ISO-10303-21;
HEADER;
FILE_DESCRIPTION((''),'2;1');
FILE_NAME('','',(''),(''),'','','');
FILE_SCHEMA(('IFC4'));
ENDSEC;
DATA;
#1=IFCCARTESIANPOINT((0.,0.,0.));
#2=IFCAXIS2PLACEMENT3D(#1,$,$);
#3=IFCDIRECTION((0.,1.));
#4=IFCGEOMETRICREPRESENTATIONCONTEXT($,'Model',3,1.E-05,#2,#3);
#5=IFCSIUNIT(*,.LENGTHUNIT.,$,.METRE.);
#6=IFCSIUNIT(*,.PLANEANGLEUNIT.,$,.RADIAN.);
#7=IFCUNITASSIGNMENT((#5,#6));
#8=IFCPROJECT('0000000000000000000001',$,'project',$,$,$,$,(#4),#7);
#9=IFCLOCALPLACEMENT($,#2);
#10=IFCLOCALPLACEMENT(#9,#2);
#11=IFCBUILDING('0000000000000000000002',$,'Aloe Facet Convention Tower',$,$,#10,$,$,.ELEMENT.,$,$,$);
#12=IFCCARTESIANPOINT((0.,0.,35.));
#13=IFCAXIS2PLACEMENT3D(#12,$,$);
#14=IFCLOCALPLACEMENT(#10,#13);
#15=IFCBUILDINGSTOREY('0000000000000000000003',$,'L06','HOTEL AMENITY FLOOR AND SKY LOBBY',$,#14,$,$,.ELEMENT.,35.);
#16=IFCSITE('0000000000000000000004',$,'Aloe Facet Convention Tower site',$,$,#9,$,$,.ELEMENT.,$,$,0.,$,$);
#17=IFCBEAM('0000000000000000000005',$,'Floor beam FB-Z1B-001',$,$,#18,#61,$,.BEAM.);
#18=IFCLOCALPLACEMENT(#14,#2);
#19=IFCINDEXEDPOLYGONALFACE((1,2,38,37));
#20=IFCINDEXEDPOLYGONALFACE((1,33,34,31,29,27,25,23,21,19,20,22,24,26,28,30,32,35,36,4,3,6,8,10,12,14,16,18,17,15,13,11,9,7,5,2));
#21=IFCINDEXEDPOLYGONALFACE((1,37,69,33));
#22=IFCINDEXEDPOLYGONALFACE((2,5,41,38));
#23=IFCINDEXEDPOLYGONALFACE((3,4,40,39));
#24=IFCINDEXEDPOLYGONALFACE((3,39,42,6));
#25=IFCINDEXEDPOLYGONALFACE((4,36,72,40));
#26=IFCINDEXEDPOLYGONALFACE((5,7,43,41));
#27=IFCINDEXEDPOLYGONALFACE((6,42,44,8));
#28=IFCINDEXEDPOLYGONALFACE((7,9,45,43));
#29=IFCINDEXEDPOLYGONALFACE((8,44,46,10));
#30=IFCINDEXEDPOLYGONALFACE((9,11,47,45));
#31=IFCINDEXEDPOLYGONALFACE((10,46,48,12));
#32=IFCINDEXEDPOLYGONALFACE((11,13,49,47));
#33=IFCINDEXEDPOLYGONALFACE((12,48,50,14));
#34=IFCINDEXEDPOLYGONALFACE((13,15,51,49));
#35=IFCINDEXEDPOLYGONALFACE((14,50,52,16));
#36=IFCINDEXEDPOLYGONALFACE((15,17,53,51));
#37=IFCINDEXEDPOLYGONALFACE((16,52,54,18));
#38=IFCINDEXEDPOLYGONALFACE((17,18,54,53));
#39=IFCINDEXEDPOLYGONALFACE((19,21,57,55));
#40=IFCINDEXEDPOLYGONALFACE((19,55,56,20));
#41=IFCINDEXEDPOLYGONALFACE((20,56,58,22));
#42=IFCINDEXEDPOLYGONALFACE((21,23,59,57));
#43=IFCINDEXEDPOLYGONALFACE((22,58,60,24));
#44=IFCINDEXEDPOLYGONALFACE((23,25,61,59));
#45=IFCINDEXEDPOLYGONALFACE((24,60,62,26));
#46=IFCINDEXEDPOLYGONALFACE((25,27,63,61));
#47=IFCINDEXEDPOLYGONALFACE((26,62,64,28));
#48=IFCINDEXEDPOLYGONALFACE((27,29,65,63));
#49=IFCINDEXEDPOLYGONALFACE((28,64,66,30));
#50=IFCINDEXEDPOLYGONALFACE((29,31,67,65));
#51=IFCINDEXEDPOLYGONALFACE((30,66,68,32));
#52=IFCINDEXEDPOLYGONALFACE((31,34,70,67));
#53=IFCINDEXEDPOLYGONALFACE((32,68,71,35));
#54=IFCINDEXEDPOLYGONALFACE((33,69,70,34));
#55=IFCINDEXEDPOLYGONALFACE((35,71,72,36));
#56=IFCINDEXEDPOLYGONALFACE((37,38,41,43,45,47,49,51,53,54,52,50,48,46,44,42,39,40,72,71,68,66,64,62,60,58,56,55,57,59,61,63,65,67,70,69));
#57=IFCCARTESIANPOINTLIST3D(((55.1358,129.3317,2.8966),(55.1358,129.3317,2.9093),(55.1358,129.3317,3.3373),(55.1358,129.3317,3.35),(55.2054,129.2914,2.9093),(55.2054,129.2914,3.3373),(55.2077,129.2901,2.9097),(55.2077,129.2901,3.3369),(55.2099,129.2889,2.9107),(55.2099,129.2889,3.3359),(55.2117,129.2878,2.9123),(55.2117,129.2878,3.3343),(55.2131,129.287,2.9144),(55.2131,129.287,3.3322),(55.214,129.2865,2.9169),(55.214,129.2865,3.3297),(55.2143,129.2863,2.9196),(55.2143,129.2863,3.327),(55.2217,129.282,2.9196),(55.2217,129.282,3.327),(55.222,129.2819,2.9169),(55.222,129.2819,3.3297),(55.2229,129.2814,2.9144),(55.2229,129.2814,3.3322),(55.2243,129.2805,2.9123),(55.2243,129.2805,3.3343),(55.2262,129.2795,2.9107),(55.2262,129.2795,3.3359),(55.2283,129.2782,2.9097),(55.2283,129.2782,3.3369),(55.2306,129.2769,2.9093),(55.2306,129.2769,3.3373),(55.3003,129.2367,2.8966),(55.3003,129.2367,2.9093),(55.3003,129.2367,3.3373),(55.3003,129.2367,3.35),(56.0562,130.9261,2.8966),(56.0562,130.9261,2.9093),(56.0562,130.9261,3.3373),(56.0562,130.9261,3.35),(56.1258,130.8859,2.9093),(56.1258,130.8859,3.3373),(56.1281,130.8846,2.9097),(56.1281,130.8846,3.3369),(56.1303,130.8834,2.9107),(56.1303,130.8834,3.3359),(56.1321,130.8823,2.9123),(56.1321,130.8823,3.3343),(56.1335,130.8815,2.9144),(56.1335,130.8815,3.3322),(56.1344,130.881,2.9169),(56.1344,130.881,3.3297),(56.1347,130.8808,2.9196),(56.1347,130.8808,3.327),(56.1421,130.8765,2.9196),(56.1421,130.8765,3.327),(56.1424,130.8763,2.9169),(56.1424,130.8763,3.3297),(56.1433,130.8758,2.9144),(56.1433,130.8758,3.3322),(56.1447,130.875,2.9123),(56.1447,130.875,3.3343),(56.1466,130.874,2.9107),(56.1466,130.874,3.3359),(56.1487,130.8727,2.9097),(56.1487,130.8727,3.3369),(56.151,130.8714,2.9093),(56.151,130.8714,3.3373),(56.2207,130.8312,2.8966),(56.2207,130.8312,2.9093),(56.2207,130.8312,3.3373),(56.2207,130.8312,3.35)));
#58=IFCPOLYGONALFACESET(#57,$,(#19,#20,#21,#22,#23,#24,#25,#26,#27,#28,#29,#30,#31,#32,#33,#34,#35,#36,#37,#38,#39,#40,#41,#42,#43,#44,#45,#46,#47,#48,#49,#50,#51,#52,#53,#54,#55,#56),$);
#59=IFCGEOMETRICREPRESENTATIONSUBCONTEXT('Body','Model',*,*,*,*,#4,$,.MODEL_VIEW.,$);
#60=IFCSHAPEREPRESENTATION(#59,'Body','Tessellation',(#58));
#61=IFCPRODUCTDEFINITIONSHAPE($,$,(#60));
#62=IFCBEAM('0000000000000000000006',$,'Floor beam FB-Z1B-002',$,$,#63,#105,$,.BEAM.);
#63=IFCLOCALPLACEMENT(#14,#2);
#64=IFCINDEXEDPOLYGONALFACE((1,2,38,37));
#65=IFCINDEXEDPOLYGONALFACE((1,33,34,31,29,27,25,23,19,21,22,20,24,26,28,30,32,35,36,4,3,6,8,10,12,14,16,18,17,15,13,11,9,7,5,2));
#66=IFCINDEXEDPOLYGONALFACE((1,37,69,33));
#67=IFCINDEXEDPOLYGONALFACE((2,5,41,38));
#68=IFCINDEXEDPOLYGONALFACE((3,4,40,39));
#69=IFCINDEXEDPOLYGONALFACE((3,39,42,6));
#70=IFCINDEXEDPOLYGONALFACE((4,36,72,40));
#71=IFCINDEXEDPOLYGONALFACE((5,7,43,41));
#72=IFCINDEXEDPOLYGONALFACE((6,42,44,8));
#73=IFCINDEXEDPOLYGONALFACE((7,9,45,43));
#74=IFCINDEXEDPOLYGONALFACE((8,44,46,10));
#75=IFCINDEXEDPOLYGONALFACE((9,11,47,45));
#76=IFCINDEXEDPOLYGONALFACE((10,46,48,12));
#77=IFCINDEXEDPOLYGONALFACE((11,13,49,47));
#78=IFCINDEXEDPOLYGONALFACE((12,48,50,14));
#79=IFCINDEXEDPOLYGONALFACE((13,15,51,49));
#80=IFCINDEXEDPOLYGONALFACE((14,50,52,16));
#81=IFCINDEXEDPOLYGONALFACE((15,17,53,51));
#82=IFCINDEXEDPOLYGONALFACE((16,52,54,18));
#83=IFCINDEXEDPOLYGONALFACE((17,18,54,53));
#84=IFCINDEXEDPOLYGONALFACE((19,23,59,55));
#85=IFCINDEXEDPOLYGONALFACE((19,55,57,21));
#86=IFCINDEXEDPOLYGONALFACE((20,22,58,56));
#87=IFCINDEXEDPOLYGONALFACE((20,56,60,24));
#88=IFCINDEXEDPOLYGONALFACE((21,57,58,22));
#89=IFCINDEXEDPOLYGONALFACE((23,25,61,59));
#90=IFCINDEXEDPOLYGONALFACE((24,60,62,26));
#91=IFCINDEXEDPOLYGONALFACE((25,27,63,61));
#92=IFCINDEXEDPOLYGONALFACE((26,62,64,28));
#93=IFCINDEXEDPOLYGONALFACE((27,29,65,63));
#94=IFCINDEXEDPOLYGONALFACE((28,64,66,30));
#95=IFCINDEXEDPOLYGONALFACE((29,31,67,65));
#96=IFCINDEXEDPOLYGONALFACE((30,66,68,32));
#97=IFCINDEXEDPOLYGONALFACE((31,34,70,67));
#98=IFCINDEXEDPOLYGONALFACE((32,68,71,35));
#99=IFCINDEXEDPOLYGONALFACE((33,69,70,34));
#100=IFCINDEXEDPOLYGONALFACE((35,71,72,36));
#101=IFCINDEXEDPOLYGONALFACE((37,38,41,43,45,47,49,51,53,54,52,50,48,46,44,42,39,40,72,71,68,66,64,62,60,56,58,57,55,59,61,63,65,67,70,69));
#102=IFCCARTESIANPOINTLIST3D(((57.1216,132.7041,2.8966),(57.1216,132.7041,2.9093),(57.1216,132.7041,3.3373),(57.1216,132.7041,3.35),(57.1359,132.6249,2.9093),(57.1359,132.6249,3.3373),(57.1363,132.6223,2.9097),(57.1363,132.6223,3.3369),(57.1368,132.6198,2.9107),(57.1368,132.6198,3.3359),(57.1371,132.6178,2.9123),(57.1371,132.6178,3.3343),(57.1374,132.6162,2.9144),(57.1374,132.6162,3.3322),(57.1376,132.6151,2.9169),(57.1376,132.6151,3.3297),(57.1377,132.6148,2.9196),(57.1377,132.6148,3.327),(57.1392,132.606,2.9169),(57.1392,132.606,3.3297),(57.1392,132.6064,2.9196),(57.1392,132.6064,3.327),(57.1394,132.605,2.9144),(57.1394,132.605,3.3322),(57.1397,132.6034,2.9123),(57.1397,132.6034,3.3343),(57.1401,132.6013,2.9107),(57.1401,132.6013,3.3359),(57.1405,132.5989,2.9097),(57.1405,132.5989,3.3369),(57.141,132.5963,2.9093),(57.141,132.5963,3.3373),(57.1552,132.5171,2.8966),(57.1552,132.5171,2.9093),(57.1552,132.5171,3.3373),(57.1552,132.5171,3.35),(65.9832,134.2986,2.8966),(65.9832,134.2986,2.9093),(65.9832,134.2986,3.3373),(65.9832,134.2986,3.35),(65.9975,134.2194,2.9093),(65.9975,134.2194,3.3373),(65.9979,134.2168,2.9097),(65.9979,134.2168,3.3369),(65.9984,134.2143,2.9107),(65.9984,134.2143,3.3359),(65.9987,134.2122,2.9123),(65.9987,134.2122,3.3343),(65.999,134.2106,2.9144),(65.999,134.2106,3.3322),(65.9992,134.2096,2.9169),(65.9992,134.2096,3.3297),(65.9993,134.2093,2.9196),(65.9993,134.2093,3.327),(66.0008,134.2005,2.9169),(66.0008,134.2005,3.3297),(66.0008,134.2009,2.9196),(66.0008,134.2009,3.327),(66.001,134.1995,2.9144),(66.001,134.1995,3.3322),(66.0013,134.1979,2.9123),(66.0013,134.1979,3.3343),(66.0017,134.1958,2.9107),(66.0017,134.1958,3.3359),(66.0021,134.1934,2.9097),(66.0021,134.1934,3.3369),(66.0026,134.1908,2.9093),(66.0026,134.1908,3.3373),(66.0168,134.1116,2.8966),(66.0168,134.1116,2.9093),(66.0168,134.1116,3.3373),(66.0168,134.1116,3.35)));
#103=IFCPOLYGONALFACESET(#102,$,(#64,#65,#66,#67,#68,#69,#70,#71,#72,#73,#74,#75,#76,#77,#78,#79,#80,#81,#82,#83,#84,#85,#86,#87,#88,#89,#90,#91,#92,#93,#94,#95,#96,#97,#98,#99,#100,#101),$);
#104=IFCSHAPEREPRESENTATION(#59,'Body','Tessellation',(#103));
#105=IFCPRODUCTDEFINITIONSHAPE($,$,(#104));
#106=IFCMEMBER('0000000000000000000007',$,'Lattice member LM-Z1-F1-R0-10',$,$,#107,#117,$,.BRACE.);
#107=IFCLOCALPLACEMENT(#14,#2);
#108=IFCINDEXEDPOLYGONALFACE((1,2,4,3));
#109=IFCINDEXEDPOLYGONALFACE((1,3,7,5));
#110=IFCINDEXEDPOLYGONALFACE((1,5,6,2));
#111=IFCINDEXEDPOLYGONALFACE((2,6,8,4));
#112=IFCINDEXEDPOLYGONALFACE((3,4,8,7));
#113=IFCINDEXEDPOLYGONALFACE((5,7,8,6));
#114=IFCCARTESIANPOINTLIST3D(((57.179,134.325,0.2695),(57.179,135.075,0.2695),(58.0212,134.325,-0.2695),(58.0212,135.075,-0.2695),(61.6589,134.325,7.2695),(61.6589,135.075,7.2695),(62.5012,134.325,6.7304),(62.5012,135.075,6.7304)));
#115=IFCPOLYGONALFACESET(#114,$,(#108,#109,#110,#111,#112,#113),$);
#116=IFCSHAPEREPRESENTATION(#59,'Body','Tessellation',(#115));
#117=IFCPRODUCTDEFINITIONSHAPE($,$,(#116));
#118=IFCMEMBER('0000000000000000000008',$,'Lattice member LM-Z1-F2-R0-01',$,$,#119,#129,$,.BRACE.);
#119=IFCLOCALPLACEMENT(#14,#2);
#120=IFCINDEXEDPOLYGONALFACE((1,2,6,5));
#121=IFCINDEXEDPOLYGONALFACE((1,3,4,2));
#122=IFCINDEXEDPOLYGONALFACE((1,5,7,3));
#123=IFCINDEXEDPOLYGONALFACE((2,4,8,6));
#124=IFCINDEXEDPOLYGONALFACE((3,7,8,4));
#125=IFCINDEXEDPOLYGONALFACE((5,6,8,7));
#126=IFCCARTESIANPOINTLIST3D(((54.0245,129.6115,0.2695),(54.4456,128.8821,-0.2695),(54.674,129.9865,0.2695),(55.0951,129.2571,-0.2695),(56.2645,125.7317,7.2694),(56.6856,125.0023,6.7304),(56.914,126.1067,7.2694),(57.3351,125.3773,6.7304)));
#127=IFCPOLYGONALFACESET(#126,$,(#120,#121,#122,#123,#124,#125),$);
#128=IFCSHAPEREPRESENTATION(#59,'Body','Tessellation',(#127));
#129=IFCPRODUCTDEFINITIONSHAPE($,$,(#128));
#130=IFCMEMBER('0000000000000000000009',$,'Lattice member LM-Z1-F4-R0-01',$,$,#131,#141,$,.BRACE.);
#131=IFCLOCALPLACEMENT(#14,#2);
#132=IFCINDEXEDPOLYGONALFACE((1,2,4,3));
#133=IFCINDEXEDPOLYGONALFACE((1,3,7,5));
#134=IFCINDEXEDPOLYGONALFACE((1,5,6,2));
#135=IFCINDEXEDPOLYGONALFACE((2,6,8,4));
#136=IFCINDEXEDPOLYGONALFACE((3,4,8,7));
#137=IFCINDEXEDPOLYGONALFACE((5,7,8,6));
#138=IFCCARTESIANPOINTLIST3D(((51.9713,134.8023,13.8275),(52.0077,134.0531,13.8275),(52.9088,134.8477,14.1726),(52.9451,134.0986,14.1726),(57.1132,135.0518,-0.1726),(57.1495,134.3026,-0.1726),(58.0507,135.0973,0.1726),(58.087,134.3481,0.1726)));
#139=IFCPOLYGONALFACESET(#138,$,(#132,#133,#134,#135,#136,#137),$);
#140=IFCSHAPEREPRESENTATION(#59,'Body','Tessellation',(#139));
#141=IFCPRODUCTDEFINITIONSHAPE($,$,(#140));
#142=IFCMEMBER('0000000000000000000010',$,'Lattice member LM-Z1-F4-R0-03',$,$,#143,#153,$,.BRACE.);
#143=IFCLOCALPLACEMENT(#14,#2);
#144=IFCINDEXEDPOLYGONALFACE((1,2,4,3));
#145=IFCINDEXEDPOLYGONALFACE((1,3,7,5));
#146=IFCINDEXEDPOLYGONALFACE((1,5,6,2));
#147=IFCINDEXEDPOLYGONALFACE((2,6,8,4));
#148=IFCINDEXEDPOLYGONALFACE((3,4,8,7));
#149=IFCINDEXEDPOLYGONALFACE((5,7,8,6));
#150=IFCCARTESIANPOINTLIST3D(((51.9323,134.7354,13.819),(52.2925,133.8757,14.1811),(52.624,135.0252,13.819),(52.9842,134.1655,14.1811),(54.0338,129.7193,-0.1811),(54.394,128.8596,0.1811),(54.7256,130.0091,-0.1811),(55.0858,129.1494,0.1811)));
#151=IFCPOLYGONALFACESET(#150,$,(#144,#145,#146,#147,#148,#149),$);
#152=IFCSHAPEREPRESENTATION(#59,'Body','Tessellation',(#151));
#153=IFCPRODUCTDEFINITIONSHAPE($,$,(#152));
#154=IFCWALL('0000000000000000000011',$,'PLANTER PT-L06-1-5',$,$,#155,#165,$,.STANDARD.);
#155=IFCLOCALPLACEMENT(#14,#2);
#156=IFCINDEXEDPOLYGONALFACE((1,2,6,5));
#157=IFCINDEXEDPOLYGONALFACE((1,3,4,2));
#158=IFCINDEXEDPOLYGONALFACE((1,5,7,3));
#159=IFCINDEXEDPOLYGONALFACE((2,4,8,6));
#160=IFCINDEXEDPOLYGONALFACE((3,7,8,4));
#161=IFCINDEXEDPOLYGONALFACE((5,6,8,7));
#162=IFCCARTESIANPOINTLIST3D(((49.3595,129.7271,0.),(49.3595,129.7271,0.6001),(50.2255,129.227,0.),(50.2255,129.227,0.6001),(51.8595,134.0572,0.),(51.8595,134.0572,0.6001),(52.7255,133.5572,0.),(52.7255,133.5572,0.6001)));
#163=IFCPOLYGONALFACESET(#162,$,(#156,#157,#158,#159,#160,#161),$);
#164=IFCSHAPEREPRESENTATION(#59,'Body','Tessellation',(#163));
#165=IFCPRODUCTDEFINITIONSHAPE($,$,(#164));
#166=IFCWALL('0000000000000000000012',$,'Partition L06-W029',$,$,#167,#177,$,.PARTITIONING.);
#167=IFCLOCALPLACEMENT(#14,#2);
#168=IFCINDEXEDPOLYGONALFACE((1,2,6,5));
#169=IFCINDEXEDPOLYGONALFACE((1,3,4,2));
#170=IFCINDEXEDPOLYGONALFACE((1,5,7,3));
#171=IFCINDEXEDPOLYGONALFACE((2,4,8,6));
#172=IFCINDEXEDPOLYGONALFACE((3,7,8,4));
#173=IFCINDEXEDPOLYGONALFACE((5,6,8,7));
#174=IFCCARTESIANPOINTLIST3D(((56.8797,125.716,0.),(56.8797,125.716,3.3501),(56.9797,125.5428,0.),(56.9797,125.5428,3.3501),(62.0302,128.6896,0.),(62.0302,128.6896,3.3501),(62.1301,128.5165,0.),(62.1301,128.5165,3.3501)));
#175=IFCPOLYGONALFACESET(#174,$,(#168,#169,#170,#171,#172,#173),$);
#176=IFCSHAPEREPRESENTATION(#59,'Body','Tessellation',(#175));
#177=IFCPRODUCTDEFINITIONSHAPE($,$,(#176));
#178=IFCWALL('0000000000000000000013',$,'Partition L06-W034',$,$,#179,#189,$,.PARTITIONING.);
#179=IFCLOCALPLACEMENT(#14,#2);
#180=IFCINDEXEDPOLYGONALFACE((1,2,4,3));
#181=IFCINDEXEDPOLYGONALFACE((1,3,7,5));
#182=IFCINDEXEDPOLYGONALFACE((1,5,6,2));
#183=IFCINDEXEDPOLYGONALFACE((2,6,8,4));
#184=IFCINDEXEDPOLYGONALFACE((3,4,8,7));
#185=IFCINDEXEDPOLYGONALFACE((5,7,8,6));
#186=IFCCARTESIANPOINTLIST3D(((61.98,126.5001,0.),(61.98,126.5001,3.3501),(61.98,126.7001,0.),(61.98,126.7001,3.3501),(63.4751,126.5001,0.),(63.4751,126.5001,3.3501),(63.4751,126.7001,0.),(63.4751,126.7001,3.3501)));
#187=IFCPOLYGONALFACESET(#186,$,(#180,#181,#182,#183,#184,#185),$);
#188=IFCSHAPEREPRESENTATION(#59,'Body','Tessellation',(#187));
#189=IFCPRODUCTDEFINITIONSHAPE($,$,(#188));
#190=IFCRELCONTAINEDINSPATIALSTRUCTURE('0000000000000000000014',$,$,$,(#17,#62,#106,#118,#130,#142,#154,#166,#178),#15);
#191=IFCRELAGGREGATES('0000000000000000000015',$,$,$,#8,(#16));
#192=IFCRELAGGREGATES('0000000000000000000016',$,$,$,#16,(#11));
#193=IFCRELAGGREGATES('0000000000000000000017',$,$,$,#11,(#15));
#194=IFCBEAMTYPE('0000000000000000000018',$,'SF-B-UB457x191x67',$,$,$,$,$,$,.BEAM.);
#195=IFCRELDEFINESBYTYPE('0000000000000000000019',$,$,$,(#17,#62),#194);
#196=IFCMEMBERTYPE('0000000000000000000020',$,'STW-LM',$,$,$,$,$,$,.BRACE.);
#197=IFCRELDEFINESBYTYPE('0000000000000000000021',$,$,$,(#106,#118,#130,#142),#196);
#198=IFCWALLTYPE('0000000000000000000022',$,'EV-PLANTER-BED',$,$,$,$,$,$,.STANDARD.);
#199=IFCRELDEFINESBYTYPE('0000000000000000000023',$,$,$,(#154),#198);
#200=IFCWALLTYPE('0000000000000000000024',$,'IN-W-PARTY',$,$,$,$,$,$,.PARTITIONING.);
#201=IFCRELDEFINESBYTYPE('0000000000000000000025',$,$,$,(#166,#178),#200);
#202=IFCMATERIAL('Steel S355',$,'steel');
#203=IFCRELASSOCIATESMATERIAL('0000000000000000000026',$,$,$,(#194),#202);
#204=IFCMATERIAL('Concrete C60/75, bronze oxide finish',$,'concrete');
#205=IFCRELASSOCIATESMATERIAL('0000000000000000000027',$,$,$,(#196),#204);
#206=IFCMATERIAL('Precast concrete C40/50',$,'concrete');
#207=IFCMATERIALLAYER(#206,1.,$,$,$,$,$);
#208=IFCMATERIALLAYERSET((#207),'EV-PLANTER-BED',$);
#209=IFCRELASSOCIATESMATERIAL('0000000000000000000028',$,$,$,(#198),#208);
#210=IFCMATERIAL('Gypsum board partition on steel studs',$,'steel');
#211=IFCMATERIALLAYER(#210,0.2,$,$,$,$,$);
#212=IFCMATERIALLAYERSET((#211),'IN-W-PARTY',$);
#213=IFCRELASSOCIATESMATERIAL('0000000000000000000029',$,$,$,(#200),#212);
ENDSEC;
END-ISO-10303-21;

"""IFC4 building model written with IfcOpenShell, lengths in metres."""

from ifc_helpers import new_model, si_unit, direction, frame, frame_2d, origin, origin_2d, place, context, subcontext, project, spatial, rectangle, i_section, extrude, material, layer, layer_set, material_profile, profile_set, type_object, element, save


model = new_model("IFC4")

# Units and contexts
model_context = context("Model", 3, precision=1e-05, world=origin(), true_north=direction((0.0, 1.0)))
body_context = subcontext(model_context, "Body", "Model", "MODEL_VIEW")
ifc_project = project(units=[si_unit("LENGTHUNIT", "METRE"), si_unit("PLANEANGLEUNIT", "RADIAN")], contexts=[model_context])

# Site, building, storey
site_placement = place(None, origin())
site = spatial("IfcSite", under=ifc_project, at=site_placement, Name="Aloe Facet Convention Tower site", CompositionType="ELEMENT", RefElevation=0.0)
building_placement = place(site_placement, origin())
building = spatial("IfcBuilding", under=site, at=building_placement, Name="Aloe Facet Convention Tower", CompositionType="ELEMENT")
storey_placement = place(building_placement, frame((0.0, 0.0, 35.0)))
storey = spatial("IfcBuildingStorey", under=building, at=storey_placement, Name="L06", Description="HOTEL AMENITY FLOOR AND SKY LOBBY", CompositionType="ELEMENT", Elevation=35.0)

# Beams
ifc_material_1 = material(Name="Steel S355", Category="steel")
ifc_material_profile_1 = material_profile(ifc_material_1, i_section(OverallWidth=0.1899, OverallDepth=0.4534, WebThickness=0.0085, FlangeThickness=0.0127, FilletRadius=0.0103, at=origin_2d()), Name="UB 457x191x67")
ifc_profile_set_1 = profile_set([ifc_material_profile_1], Name="Steel S355")
beam_type_1 = type_object("IfcBeamType", Name="SF-B-UB457x191x67", PredefinedType="BEAM", material=ifc_profile_set_1)
beam_1_placement = place(storey_placement, frame((55.218, 129.2842, 3.1233), z_axis=(0.499933, 0.866064, 0.0), x_axis=(-0.866064, 0.499933, 0.0)))
element("IfcBeam", 1, at=beam_1_placement, inside=storey, type_object=beam_type_1, Name="Floor beam FB-Z1B-001", PredefinedType="BEAM", context=body_context, shape_type="SweptSolid", body=[
    extrude(i_section(OverallWidth=0.1899, OverallDepth=0.4534, WebThickness=0.0085, FlangeThickness=0.0127, FilletRadius=0.0103, at=origin_2d()), origin(), (0.0, 0.0, 1.0), 1.8411),
])
beam_2_placement = place(storey_placement, frame((57.1384, 132.6106, 3.1233), z_axis=(0.984195, 0.177088, 0.0), x_axis=(-0.177088, 0.984195, 0.0)))
element("IfcBeam", 2, at=beam_2_placement, inside=storey, type_object=beam_type_1, Name="Floor beam FB-Z1B-002", PredefinedType="BEAM", context=body_context, shape_type="SweptSolid", body=[
    extrude(i_section(OverallWidth=0.1899, OverallDepth=0.4534, WebThickness=0.0085, FlangeThickness=0.0127, FilletRadius=0.0103, at=origin_2d()), origin(), (0.0, 0.0, 1.0), 9.0039),
])

# Members
ifc_material_2 = material(Name="Concrete C60/75, bronze oxide finish", Category="concrete")
ifc_material_profile_2 = material_profile(ifc_material_2, rectangle(XDim=0.75, YDim=1.0, at=origin_2d()), Name="STW-LM")
ifc_profile_set_2 = profile_set([ifc_material_profile_2], Name="Concrete C60/75, bronze oxide finish")
member_type = type_object("IfcMemberType", Name="STW-LM", PredefinedType="BRACE", material=ifc_profile_set_2)
for number, where, z_axis, x_axis, name in (
    (3, (57.6001, 134.7, 0.0), (0.539052, 0.0, 0.842272), (0.0, 1.0, 0.0), "Lattice member LM-Z1-F1-R0-10"),
    (4, (54.5598, 129.4343, 0.0), (0.269524, -0.466843, 0.842267), (0.866031, 0.49999, 0.0), "Lattice member LM-Z1-F2-R0-01"),
):
    element("IfcMember", number, at=place(storey_placement, frame(where, z_axis=z_axis, x_axis=x_axis)), inside=storey, type_object=member_type, Name=name, PredefinedType="BRACE", context=body_context, shape_type="SweptSolid", body=[
        extrude(rectangle(XDim=0.75, YDim=1.0, at=origin_2d()), origin(), (0.0, 0.0, 1.0), 8.3108),
    ])
member_1_placement = place(storey_placement, frame((57.6001, 134.7, 0.0), z_axis=(-0.344709, -0.016727, 0.93856), x_axis=(0.048469, -0.998825, 0.0)))
element("IfcMember", 5, at=member_1_placement, inside=storey, type_object=member_type, Name="Lattice member LM-Z1-F4-R0-01", PredefinedType="BRACE", context=body_context, shape_type="SweptSolid", body=[
    extrude(rectangle(XDim=0.75, YDim=1.0, at=origin_2d()), origin(), (0.0, 0.0, 1.0), 14.9165),
])
member_2_placement = place(storey_placement, frame((54.5598, 129.4343, 0.0), z_axis=(-0.139925, 0.333979, 0.932137), x_axis=(-0.922323, -0.386419, 0.0)))
element("IfcMember", 6, at=member_2_placement, inside=storey, type_object=member_type, Name="Lattice member LM-Z1-F4-R0-03", PredefinedType="BRACE", context=body_context, shape_type="SweptSolid", body=[
    extrude(rectangle(XDim=0.75, YDim=1.0, at=origin_2d()), origin(), (0.0, 0.0, 1.0), 15.0193),
])

# Wall
ifc_material_3 = material(Name="Precast concrete C40/50", Category="concrete")
ifc_layer_1 = layer(ifc_material_3, 1.0)
ifc_layer_set_1 = layer_set([ifc_layer_1], Name="EV-PLANTER-BED")
wall_type_1 = type_object("IfcWallType", Name="EV-PLANTER-BED", PredefinedType="STANDARD", material=ifc_layer_set_1)
wall_1_placement = place(storey_placement, frame((49.7925, 129.4771, 0.0), z_axis=(0.0, 0.0, 1.0), x_axis=(0.500004, 0.866023, 0.0)))
element("IfcWall", 7, at=wall_1_placement, inside=storey, type_object=wall_type_1, Name="PLANTER PT-L06-1-5", PredefinedType="STANDARD", context=body_context, shape_type="SweptSolid", body=[
    extrude(rectangle(XDim=5.0, YDim=1.0, at=frame_2d((2.5, 0.0))), origin(), (0.0, 0.0, 1.0), 0.6001),
])

# Walls
ifc_material_4 = material(Name="Gypsum board partition on steel studs", Category="steel")
ifc_layer_2 = layer(ifc_material_4, 0.2)
ifc_layer_set_2 = layer_set([ifc_layer_2], Name="IN-W-PARTY")
wall_type_2 = type_object("IfcWallType", Name="IN-W-PARTY", PredefinedType="PARTITIONING", material=ifc_layer_set_2)
wall_2_placement = place(storey_placement, frame((56.9297, 125.6294, 0.0), z_axis=(0.0, 0.0, 1.0), x_axis=(0.866022, 0.500007, 0.0)))
element("IfcWall", 8, at=wall_2_placement, inside=storey, type_object=wall_type_2, Name="Partition L06-W029", PredefinedType="PARTITIONING", context=body_context, shape_type="SweptSolid", body=[
    extrude(rectangle(XDim=5.9473, YDim=0.2, at=frame_2d((2.9736, 0.0))), origin(), (0.0, 0.0, 1.0), 3.3501),
])
wall_3_placement = place(storey_placement, frame((61.98, 126.6001, 0.0), z_axis=(0.0, 0.0, 1.0), x_axis=(1.0, 0.0, 0.0)))
element("IfcWall", 9, at=wall_3_placement, inside=storey, type_object=wall_type_2, Name="Partition L06-W034", PredefinedType="PARTITIONING", context=body_context, shape_type="SweptSolid", body=[
    extrude(rectangle(XDim=1.4951, YDim=0.2, at=frame_2d((0.7476, 0.0))), origin(), (0.0, 0.0, 1.0), 3.3501),
])

save(model, "model.ifc")
